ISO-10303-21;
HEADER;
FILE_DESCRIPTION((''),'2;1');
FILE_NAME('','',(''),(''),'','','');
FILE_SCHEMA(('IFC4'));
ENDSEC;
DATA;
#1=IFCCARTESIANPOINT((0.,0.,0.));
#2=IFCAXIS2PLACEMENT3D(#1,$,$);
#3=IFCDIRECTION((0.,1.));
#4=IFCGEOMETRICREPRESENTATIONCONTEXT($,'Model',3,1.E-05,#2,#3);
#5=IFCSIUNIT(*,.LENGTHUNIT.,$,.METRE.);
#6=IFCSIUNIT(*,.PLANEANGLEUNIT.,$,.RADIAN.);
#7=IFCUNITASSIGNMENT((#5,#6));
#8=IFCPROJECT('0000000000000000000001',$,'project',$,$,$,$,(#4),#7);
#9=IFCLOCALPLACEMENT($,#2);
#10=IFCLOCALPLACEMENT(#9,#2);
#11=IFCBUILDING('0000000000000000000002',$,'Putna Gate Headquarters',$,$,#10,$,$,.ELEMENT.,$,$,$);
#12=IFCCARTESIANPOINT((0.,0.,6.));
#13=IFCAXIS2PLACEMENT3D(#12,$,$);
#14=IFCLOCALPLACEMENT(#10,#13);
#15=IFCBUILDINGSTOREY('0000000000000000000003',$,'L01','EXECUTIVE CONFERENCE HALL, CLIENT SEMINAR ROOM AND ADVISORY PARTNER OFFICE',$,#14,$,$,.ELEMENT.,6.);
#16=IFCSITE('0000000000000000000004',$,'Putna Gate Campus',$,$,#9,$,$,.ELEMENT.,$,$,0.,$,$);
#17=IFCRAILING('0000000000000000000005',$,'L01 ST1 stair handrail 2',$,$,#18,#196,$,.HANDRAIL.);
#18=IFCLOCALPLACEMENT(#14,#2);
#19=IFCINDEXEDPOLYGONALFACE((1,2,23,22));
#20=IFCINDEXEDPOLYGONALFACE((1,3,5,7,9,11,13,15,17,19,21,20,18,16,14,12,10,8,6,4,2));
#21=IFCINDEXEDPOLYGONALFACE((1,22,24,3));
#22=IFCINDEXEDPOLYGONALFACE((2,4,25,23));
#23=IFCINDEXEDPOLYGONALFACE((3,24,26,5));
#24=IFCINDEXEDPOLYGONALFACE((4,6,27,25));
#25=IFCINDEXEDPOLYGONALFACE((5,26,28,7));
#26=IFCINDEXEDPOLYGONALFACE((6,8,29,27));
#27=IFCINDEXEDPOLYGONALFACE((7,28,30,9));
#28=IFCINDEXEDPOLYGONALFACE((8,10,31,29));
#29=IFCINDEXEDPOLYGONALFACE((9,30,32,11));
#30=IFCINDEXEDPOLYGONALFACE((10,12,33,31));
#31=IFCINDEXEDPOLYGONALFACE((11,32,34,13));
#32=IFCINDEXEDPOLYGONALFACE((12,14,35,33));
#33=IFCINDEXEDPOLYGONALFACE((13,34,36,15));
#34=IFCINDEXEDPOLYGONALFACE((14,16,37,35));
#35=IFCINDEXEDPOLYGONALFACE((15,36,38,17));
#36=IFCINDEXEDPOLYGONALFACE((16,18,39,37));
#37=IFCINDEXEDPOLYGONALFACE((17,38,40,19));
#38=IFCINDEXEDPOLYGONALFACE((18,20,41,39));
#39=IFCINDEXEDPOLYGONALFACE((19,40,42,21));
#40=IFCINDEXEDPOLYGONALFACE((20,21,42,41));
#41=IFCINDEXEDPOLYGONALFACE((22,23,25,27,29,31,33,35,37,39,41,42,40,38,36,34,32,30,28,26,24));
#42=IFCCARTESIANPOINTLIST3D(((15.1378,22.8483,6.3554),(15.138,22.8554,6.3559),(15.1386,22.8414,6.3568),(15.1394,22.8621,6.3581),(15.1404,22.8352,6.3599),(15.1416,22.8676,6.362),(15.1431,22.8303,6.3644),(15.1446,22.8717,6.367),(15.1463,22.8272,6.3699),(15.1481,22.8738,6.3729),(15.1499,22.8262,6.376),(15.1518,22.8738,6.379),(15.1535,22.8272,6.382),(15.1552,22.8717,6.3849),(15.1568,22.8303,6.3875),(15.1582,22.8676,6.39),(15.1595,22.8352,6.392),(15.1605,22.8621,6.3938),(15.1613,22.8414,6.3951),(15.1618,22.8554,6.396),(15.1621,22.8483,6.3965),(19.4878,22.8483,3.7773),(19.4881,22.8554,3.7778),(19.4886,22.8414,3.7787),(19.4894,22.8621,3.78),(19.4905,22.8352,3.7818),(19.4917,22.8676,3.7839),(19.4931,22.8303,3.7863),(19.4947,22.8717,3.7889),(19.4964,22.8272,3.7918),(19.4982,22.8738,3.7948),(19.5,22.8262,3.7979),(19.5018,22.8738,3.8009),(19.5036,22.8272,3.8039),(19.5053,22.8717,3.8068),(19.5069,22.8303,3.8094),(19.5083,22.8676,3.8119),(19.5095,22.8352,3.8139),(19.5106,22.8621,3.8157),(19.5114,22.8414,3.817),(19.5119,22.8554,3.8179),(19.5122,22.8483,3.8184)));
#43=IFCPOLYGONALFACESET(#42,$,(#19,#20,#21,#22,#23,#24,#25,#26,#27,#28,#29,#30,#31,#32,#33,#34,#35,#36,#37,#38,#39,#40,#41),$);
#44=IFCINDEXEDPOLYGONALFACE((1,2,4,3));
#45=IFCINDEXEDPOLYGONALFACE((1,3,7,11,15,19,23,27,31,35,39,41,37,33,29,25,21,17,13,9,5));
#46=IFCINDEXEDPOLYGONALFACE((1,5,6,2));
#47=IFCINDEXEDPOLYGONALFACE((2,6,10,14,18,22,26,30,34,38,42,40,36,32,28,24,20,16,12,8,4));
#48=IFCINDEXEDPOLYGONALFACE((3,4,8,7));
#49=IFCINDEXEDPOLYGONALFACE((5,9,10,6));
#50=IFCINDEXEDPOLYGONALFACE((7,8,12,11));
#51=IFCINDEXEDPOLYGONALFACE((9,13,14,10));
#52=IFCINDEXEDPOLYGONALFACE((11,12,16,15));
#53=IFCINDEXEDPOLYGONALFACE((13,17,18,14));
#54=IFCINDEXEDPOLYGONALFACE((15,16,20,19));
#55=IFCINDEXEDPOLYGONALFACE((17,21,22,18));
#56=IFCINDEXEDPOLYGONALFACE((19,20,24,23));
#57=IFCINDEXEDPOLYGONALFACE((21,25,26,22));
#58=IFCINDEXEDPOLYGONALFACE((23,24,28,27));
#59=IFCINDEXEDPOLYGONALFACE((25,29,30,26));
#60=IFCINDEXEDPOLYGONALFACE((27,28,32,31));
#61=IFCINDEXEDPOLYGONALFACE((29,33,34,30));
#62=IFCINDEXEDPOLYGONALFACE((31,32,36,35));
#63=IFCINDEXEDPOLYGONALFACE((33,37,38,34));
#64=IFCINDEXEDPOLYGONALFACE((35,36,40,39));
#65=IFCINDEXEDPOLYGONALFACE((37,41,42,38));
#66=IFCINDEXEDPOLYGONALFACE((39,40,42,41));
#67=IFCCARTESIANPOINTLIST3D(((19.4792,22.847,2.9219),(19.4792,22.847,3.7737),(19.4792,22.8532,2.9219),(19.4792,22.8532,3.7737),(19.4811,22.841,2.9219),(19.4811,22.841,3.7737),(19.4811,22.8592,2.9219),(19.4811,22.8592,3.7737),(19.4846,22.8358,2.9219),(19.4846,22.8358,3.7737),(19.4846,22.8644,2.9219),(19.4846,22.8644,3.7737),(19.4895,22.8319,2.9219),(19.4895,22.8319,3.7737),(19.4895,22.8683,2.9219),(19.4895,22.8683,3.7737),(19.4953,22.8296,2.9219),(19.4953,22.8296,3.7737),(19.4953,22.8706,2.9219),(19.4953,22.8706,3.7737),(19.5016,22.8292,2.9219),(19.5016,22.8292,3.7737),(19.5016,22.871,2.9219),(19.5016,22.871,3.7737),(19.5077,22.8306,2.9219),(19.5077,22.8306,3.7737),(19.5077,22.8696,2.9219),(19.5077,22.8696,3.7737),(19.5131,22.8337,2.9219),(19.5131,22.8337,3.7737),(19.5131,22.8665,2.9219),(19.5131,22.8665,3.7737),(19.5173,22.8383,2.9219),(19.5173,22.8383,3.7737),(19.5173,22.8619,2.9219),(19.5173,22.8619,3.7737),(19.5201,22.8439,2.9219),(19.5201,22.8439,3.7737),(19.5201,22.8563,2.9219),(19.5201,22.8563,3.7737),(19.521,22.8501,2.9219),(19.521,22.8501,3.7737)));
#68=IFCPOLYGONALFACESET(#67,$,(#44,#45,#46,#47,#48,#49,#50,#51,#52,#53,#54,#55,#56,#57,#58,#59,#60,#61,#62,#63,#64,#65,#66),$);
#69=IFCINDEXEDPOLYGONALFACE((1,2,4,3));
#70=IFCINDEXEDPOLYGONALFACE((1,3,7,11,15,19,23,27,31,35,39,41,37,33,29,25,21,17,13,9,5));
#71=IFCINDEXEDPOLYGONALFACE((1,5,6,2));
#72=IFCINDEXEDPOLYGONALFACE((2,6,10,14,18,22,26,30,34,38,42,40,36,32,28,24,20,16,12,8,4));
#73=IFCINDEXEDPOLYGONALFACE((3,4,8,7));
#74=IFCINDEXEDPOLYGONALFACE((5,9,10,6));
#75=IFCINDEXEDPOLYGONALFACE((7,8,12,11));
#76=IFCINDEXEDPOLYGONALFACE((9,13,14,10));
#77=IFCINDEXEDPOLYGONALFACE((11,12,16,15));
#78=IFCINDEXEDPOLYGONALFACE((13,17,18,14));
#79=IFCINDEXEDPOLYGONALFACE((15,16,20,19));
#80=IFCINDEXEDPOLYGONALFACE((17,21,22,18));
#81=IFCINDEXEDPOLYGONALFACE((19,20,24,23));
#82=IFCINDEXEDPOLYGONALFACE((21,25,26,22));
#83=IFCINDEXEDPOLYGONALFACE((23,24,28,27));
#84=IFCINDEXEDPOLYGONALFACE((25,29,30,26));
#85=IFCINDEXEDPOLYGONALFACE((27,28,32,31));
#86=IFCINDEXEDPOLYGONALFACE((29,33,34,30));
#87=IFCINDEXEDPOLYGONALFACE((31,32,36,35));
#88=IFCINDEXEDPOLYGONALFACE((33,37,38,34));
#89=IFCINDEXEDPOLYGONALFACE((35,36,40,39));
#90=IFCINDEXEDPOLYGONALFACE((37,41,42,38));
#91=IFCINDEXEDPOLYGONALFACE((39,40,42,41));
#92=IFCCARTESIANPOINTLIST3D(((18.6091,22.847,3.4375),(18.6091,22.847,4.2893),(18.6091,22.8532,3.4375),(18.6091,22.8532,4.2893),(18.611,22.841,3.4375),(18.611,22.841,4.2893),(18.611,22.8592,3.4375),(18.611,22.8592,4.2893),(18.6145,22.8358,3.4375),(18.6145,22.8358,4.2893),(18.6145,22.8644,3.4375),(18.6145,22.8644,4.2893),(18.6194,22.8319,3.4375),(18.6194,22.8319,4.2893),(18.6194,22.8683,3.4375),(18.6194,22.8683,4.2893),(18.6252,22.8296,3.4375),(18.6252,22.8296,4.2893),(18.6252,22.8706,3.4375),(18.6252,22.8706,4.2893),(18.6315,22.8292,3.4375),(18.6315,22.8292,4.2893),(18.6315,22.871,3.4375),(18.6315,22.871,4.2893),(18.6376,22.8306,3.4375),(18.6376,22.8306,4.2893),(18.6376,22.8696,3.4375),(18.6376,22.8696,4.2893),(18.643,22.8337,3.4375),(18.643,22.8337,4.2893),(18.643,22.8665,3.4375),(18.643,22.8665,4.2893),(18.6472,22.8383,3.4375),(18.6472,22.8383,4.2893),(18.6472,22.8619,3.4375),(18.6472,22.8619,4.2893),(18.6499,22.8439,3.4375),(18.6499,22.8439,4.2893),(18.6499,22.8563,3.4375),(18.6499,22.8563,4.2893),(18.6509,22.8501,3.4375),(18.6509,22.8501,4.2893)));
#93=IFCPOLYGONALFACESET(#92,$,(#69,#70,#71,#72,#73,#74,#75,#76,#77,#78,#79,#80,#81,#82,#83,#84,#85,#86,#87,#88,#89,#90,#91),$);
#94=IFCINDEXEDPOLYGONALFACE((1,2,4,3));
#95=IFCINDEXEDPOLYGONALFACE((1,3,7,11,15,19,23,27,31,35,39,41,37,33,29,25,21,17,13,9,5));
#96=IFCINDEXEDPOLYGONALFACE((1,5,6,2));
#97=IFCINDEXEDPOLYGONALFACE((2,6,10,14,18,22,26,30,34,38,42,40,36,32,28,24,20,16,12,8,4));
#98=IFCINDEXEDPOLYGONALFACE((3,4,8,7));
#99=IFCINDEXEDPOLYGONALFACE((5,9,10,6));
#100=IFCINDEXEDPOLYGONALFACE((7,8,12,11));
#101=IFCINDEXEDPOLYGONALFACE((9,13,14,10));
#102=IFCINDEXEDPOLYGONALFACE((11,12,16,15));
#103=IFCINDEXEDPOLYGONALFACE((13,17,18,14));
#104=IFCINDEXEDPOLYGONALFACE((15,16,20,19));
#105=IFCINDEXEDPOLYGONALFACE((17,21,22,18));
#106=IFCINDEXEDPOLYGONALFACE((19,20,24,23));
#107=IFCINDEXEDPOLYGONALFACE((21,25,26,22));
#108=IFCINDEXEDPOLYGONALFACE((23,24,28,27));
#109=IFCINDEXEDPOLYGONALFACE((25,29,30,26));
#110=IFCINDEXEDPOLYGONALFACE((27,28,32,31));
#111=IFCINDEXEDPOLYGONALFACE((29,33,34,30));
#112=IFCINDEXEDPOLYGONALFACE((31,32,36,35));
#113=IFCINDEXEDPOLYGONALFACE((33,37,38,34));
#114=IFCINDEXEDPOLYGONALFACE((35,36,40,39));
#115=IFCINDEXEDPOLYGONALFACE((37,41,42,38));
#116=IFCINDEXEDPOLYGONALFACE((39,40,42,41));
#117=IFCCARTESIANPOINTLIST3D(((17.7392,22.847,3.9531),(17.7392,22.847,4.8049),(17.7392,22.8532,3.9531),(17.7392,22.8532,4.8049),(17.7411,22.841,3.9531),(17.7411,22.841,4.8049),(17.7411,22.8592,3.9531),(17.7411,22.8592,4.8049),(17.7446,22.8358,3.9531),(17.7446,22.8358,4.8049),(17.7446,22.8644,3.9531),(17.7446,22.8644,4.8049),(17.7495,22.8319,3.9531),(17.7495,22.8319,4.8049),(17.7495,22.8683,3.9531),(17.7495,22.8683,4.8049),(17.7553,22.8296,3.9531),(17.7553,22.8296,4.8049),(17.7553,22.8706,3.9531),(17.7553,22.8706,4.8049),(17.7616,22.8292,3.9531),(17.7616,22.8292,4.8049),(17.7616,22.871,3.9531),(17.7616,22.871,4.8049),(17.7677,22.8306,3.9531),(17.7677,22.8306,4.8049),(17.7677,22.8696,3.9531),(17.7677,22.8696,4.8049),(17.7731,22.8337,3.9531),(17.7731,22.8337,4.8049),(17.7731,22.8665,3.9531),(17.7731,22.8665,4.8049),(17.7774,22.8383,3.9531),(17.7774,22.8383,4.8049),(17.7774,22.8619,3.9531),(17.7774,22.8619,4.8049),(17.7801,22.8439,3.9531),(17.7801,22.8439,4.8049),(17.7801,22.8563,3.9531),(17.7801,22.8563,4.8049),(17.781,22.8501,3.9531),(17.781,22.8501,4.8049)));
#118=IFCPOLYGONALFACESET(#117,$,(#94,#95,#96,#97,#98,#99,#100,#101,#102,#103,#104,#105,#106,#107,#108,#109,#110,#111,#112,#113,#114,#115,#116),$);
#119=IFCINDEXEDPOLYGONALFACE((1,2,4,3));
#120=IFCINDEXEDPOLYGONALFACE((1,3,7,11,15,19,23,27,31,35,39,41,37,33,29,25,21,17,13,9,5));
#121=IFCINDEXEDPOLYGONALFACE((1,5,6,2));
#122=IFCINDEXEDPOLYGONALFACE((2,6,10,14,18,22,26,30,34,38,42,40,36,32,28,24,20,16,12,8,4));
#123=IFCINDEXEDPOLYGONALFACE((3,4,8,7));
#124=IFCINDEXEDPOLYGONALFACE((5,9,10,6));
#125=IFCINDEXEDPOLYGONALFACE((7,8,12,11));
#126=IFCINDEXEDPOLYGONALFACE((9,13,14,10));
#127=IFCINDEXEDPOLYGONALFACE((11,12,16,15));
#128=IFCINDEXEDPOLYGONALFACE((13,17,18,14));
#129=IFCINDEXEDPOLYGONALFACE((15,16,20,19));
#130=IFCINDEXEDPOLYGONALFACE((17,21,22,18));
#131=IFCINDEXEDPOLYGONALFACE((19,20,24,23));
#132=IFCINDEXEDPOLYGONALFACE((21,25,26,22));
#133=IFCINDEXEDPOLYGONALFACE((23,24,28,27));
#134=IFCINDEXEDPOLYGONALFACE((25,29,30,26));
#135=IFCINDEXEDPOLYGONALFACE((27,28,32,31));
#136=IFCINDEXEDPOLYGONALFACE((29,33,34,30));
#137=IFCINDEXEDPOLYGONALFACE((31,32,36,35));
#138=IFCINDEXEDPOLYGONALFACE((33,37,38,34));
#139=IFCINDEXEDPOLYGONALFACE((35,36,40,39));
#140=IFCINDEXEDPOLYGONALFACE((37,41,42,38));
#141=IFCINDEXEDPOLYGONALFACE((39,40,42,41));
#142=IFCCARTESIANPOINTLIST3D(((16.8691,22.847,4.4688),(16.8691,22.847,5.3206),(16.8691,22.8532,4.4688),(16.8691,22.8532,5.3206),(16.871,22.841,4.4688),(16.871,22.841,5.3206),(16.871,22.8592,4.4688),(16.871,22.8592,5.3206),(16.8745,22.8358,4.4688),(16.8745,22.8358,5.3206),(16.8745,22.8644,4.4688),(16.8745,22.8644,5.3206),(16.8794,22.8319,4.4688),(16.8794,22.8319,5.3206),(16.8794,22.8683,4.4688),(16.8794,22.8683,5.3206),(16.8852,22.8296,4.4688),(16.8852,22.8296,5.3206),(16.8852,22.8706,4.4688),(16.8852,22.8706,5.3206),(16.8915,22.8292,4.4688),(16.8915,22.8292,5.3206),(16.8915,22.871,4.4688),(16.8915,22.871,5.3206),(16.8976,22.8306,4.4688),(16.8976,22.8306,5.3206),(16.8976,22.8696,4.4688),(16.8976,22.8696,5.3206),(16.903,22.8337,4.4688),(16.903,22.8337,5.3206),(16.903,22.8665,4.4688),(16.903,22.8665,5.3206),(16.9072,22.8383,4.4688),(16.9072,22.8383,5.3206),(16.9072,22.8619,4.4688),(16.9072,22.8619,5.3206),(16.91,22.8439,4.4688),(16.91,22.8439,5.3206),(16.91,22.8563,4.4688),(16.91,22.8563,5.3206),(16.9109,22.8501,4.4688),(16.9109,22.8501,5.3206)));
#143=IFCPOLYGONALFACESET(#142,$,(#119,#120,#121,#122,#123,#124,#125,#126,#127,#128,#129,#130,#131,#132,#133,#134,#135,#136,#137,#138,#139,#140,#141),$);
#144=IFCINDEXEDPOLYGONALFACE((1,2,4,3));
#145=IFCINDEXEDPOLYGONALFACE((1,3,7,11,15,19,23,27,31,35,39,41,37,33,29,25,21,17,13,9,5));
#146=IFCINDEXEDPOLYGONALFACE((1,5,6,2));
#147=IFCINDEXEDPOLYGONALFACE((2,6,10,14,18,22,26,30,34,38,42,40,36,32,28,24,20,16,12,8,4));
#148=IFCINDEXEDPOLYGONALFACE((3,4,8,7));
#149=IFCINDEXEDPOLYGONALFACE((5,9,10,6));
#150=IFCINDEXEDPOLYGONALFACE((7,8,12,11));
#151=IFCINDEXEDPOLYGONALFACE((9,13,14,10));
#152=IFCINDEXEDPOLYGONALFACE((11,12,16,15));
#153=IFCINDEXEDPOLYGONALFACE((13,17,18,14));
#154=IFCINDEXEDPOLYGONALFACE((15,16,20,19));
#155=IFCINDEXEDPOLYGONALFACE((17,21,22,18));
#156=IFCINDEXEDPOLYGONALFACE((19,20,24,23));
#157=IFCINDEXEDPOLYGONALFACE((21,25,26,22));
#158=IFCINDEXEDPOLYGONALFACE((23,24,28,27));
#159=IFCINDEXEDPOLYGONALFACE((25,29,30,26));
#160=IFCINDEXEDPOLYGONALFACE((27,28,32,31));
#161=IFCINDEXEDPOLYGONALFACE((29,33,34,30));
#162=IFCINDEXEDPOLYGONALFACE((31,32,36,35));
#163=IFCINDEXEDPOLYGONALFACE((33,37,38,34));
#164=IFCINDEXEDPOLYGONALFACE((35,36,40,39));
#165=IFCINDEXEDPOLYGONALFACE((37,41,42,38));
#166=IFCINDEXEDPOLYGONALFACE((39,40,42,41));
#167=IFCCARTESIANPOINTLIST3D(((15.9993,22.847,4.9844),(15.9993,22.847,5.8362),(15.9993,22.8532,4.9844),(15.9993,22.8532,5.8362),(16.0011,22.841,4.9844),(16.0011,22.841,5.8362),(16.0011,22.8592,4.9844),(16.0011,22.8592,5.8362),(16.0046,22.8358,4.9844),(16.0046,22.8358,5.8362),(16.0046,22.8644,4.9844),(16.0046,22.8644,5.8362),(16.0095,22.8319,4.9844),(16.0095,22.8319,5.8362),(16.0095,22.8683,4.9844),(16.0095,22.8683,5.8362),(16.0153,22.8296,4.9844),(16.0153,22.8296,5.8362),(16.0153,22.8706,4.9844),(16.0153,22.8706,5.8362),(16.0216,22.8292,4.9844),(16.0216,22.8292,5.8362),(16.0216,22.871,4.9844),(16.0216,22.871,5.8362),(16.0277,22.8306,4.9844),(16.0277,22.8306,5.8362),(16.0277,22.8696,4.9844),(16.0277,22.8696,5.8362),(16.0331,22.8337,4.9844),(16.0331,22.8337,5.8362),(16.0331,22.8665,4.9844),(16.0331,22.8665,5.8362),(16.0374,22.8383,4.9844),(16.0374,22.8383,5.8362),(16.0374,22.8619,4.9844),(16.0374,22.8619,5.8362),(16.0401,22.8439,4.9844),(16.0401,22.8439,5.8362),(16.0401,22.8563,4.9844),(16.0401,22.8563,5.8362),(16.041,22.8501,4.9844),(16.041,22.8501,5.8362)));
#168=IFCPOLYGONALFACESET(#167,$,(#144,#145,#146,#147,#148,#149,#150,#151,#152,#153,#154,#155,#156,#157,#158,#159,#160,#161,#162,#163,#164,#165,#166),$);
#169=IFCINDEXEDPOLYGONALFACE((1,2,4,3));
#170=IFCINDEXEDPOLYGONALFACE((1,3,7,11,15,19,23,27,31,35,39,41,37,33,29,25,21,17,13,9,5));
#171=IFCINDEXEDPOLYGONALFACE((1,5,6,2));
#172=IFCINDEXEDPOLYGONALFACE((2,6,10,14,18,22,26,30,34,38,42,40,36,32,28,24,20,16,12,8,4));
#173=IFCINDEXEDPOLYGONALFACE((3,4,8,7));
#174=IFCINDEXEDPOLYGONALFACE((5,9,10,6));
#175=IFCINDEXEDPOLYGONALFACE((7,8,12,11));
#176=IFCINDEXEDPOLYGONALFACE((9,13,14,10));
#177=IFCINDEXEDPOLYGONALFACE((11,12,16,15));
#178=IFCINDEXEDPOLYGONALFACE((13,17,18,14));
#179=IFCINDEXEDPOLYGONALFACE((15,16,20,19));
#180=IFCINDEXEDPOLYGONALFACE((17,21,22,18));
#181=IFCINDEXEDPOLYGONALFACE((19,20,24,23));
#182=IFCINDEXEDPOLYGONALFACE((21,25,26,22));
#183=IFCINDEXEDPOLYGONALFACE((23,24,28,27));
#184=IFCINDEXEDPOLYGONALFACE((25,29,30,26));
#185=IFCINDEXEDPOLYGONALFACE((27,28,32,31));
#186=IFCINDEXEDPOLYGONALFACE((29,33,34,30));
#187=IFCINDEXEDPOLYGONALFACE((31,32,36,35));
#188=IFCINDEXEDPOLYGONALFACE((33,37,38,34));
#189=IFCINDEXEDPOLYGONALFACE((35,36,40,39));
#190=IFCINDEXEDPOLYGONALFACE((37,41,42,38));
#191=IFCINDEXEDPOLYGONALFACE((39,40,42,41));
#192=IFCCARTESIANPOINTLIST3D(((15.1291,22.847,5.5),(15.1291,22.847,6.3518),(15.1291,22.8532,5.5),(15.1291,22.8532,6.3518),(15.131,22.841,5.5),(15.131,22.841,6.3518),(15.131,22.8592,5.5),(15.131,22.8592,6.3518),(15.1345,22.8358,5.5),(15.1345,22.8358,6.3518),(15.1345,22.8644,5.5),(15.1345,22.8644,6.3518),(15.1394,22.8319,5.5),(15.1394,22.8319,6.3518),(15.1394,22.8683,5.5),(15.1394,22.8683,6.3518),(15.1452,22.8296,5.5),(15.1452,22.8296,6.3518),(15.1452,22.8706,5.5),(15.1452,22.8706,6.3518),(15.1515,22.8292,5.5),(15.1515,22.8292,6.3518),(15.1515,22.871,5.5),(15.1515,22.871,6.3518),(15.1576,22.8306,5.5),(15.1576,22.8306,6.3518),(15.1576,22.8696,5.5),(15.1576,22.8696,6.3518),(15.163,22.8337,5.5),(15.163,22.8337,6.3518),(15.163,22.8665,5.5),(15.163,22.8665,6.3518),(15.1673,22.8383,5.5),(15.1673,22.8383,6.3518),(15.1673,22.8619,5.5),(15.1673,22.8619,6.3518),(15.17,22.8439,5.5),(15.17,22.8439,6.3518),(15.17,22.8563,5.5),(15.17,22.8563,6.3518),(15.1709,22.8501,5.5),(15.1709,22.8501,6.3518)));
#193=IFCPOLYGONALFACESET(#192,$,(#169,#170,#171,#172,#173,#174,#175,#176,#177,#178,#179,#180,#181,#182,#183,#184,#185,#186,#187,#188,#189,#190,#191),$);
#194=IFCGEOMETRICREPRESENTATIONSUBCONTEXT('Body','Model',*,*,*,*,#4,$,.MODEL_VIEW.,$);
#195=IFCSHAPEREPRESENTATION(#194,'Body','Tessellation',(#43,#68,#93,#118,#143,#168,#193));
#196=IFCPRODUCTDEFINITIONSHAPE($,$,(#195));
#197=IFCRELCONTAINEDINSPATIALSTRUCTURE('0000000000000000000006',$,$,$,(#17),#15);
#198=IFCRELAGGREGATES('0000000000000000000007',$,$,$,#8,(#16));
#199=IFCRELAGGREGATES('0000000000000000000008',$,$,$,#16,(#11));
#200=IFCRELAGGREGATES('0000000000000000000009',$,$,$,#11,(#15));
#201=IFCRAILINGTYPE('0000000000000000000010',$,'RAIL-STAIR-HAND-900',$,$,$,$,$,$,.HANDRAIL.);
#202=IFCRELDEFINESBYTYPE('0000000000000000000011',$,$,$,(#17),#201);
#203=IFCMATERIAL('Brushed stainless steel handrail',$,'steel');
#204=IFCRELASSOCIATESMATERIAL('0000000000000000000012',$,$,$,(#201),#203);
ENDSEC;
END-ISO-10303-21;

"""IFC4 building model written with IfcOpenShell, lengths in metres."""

from ifc_helpers import new_model, si_unit, direction, frame, origin, origin_2d, place, context, subcontext, project, spatial, circle, extrude, material, type_object, element, save


model = new_model("IFC4")

# Units and contexts
model_context = context("Model", 3, precision=1e-05, world=origin(), true_north=direction((0.0, 1.0)))
body_context = subcontext(model_context, "Body", "Model", "MODEL_VIEW")
ifc_project = project(units=[si_unit("LENGTHUNIT", "METRE"), si_unit("PLANEANGLEUNIT", "RADIAN")], contexts=[model_context])

# Site, building, storey
site_placement = place(None, origin())
site = spatial("IfcSite", under=ifc_project, at=site_placement, Name="Putna Gate Campus", CompositionType="ELEMENT", RefElevation=0.0)
building_placement = place(site_placement, origin())
building = spatial("IfcBuilding", under=site, at=building_placement, Name="Putna Gate Headquarters", CompositionType="ELEMENT")
storey_placement = place(building_placement, frame((0.0, 0.0, 6.0)))
storey = spatial("IfcBuildingStorey", under=building, at=storey_placement, Name="L01", Description="EXECUTIVE CONFERENCE HALL, CLIENT SEMINAR ROOM AND ADVISORY PARTNER OFFICE", CompositionType="ELEMENT", Elevation=6.0)

# Railing
ifc_material_1 = material(Name="Brushed stainless steel handrail", Category="steel")
railing_type_1 = type_object("IfcRailingType", Name="RAIL-STAIR-HAND-900", PredefinedType="HANDRAIL", material=ifc_material_1)
railing_1_placement = place(storey_placement, frame((19.5, 22.8501, 2.9219)))
element("IfcRailing", 1, at=railing_1_placement, inside=storey, type_object=railing_type_1, Name="L01 ST1 stair handrail 2", PredefinedType="HANDRAIL", context=body_context, shape_type="SweptSolid", body=[
    extrude(circle(Radius=0.0239, at=origin_2d()), frame((0.0, 0.0, 0.876), z_axis=(-0.860266, 0.0, 0.509845), x_axis=(0.0, -1.0, 0.0)), (0.0, 0.0, 1.0), 5.0566),
    extrude(circle(Radius=0.021, at=origin_2d()), origin(), (0.0, 0.0, 1.0), 0.8518),
    extrude(circle(Radius=0.021, at=origin_2d()), frame((-0.8701, 0.0, 0.5156)), (0.0, 0.0, 1.0), 0.8518),
    extrude(circle(Radius=0.021, at=origin_2d()), frame((-1.74, 0.0, 1.0312)), (0.0, 0.0, 1.0), 0.8518),
    extrude(circle(Radius=0.021, at=origin_2d()), frame((-2.6101, 0.0, 1.5469)), (0.0, 0.0, 1.0), 0.8518),
    extrude(circle(Radius=0.021, at=origin_2d()), frame((-3.48, 0.0, 2.0625)), (0.0, 0.0, 1.0), 0.8518),
    extrude(circle(Radius=0.021, at=origin_2d()), frame((-4.3501, 0.0, 2.5781)), (0.0, 0.0, 1.0), 0.8518),
])

save(model, "model.ifc")
